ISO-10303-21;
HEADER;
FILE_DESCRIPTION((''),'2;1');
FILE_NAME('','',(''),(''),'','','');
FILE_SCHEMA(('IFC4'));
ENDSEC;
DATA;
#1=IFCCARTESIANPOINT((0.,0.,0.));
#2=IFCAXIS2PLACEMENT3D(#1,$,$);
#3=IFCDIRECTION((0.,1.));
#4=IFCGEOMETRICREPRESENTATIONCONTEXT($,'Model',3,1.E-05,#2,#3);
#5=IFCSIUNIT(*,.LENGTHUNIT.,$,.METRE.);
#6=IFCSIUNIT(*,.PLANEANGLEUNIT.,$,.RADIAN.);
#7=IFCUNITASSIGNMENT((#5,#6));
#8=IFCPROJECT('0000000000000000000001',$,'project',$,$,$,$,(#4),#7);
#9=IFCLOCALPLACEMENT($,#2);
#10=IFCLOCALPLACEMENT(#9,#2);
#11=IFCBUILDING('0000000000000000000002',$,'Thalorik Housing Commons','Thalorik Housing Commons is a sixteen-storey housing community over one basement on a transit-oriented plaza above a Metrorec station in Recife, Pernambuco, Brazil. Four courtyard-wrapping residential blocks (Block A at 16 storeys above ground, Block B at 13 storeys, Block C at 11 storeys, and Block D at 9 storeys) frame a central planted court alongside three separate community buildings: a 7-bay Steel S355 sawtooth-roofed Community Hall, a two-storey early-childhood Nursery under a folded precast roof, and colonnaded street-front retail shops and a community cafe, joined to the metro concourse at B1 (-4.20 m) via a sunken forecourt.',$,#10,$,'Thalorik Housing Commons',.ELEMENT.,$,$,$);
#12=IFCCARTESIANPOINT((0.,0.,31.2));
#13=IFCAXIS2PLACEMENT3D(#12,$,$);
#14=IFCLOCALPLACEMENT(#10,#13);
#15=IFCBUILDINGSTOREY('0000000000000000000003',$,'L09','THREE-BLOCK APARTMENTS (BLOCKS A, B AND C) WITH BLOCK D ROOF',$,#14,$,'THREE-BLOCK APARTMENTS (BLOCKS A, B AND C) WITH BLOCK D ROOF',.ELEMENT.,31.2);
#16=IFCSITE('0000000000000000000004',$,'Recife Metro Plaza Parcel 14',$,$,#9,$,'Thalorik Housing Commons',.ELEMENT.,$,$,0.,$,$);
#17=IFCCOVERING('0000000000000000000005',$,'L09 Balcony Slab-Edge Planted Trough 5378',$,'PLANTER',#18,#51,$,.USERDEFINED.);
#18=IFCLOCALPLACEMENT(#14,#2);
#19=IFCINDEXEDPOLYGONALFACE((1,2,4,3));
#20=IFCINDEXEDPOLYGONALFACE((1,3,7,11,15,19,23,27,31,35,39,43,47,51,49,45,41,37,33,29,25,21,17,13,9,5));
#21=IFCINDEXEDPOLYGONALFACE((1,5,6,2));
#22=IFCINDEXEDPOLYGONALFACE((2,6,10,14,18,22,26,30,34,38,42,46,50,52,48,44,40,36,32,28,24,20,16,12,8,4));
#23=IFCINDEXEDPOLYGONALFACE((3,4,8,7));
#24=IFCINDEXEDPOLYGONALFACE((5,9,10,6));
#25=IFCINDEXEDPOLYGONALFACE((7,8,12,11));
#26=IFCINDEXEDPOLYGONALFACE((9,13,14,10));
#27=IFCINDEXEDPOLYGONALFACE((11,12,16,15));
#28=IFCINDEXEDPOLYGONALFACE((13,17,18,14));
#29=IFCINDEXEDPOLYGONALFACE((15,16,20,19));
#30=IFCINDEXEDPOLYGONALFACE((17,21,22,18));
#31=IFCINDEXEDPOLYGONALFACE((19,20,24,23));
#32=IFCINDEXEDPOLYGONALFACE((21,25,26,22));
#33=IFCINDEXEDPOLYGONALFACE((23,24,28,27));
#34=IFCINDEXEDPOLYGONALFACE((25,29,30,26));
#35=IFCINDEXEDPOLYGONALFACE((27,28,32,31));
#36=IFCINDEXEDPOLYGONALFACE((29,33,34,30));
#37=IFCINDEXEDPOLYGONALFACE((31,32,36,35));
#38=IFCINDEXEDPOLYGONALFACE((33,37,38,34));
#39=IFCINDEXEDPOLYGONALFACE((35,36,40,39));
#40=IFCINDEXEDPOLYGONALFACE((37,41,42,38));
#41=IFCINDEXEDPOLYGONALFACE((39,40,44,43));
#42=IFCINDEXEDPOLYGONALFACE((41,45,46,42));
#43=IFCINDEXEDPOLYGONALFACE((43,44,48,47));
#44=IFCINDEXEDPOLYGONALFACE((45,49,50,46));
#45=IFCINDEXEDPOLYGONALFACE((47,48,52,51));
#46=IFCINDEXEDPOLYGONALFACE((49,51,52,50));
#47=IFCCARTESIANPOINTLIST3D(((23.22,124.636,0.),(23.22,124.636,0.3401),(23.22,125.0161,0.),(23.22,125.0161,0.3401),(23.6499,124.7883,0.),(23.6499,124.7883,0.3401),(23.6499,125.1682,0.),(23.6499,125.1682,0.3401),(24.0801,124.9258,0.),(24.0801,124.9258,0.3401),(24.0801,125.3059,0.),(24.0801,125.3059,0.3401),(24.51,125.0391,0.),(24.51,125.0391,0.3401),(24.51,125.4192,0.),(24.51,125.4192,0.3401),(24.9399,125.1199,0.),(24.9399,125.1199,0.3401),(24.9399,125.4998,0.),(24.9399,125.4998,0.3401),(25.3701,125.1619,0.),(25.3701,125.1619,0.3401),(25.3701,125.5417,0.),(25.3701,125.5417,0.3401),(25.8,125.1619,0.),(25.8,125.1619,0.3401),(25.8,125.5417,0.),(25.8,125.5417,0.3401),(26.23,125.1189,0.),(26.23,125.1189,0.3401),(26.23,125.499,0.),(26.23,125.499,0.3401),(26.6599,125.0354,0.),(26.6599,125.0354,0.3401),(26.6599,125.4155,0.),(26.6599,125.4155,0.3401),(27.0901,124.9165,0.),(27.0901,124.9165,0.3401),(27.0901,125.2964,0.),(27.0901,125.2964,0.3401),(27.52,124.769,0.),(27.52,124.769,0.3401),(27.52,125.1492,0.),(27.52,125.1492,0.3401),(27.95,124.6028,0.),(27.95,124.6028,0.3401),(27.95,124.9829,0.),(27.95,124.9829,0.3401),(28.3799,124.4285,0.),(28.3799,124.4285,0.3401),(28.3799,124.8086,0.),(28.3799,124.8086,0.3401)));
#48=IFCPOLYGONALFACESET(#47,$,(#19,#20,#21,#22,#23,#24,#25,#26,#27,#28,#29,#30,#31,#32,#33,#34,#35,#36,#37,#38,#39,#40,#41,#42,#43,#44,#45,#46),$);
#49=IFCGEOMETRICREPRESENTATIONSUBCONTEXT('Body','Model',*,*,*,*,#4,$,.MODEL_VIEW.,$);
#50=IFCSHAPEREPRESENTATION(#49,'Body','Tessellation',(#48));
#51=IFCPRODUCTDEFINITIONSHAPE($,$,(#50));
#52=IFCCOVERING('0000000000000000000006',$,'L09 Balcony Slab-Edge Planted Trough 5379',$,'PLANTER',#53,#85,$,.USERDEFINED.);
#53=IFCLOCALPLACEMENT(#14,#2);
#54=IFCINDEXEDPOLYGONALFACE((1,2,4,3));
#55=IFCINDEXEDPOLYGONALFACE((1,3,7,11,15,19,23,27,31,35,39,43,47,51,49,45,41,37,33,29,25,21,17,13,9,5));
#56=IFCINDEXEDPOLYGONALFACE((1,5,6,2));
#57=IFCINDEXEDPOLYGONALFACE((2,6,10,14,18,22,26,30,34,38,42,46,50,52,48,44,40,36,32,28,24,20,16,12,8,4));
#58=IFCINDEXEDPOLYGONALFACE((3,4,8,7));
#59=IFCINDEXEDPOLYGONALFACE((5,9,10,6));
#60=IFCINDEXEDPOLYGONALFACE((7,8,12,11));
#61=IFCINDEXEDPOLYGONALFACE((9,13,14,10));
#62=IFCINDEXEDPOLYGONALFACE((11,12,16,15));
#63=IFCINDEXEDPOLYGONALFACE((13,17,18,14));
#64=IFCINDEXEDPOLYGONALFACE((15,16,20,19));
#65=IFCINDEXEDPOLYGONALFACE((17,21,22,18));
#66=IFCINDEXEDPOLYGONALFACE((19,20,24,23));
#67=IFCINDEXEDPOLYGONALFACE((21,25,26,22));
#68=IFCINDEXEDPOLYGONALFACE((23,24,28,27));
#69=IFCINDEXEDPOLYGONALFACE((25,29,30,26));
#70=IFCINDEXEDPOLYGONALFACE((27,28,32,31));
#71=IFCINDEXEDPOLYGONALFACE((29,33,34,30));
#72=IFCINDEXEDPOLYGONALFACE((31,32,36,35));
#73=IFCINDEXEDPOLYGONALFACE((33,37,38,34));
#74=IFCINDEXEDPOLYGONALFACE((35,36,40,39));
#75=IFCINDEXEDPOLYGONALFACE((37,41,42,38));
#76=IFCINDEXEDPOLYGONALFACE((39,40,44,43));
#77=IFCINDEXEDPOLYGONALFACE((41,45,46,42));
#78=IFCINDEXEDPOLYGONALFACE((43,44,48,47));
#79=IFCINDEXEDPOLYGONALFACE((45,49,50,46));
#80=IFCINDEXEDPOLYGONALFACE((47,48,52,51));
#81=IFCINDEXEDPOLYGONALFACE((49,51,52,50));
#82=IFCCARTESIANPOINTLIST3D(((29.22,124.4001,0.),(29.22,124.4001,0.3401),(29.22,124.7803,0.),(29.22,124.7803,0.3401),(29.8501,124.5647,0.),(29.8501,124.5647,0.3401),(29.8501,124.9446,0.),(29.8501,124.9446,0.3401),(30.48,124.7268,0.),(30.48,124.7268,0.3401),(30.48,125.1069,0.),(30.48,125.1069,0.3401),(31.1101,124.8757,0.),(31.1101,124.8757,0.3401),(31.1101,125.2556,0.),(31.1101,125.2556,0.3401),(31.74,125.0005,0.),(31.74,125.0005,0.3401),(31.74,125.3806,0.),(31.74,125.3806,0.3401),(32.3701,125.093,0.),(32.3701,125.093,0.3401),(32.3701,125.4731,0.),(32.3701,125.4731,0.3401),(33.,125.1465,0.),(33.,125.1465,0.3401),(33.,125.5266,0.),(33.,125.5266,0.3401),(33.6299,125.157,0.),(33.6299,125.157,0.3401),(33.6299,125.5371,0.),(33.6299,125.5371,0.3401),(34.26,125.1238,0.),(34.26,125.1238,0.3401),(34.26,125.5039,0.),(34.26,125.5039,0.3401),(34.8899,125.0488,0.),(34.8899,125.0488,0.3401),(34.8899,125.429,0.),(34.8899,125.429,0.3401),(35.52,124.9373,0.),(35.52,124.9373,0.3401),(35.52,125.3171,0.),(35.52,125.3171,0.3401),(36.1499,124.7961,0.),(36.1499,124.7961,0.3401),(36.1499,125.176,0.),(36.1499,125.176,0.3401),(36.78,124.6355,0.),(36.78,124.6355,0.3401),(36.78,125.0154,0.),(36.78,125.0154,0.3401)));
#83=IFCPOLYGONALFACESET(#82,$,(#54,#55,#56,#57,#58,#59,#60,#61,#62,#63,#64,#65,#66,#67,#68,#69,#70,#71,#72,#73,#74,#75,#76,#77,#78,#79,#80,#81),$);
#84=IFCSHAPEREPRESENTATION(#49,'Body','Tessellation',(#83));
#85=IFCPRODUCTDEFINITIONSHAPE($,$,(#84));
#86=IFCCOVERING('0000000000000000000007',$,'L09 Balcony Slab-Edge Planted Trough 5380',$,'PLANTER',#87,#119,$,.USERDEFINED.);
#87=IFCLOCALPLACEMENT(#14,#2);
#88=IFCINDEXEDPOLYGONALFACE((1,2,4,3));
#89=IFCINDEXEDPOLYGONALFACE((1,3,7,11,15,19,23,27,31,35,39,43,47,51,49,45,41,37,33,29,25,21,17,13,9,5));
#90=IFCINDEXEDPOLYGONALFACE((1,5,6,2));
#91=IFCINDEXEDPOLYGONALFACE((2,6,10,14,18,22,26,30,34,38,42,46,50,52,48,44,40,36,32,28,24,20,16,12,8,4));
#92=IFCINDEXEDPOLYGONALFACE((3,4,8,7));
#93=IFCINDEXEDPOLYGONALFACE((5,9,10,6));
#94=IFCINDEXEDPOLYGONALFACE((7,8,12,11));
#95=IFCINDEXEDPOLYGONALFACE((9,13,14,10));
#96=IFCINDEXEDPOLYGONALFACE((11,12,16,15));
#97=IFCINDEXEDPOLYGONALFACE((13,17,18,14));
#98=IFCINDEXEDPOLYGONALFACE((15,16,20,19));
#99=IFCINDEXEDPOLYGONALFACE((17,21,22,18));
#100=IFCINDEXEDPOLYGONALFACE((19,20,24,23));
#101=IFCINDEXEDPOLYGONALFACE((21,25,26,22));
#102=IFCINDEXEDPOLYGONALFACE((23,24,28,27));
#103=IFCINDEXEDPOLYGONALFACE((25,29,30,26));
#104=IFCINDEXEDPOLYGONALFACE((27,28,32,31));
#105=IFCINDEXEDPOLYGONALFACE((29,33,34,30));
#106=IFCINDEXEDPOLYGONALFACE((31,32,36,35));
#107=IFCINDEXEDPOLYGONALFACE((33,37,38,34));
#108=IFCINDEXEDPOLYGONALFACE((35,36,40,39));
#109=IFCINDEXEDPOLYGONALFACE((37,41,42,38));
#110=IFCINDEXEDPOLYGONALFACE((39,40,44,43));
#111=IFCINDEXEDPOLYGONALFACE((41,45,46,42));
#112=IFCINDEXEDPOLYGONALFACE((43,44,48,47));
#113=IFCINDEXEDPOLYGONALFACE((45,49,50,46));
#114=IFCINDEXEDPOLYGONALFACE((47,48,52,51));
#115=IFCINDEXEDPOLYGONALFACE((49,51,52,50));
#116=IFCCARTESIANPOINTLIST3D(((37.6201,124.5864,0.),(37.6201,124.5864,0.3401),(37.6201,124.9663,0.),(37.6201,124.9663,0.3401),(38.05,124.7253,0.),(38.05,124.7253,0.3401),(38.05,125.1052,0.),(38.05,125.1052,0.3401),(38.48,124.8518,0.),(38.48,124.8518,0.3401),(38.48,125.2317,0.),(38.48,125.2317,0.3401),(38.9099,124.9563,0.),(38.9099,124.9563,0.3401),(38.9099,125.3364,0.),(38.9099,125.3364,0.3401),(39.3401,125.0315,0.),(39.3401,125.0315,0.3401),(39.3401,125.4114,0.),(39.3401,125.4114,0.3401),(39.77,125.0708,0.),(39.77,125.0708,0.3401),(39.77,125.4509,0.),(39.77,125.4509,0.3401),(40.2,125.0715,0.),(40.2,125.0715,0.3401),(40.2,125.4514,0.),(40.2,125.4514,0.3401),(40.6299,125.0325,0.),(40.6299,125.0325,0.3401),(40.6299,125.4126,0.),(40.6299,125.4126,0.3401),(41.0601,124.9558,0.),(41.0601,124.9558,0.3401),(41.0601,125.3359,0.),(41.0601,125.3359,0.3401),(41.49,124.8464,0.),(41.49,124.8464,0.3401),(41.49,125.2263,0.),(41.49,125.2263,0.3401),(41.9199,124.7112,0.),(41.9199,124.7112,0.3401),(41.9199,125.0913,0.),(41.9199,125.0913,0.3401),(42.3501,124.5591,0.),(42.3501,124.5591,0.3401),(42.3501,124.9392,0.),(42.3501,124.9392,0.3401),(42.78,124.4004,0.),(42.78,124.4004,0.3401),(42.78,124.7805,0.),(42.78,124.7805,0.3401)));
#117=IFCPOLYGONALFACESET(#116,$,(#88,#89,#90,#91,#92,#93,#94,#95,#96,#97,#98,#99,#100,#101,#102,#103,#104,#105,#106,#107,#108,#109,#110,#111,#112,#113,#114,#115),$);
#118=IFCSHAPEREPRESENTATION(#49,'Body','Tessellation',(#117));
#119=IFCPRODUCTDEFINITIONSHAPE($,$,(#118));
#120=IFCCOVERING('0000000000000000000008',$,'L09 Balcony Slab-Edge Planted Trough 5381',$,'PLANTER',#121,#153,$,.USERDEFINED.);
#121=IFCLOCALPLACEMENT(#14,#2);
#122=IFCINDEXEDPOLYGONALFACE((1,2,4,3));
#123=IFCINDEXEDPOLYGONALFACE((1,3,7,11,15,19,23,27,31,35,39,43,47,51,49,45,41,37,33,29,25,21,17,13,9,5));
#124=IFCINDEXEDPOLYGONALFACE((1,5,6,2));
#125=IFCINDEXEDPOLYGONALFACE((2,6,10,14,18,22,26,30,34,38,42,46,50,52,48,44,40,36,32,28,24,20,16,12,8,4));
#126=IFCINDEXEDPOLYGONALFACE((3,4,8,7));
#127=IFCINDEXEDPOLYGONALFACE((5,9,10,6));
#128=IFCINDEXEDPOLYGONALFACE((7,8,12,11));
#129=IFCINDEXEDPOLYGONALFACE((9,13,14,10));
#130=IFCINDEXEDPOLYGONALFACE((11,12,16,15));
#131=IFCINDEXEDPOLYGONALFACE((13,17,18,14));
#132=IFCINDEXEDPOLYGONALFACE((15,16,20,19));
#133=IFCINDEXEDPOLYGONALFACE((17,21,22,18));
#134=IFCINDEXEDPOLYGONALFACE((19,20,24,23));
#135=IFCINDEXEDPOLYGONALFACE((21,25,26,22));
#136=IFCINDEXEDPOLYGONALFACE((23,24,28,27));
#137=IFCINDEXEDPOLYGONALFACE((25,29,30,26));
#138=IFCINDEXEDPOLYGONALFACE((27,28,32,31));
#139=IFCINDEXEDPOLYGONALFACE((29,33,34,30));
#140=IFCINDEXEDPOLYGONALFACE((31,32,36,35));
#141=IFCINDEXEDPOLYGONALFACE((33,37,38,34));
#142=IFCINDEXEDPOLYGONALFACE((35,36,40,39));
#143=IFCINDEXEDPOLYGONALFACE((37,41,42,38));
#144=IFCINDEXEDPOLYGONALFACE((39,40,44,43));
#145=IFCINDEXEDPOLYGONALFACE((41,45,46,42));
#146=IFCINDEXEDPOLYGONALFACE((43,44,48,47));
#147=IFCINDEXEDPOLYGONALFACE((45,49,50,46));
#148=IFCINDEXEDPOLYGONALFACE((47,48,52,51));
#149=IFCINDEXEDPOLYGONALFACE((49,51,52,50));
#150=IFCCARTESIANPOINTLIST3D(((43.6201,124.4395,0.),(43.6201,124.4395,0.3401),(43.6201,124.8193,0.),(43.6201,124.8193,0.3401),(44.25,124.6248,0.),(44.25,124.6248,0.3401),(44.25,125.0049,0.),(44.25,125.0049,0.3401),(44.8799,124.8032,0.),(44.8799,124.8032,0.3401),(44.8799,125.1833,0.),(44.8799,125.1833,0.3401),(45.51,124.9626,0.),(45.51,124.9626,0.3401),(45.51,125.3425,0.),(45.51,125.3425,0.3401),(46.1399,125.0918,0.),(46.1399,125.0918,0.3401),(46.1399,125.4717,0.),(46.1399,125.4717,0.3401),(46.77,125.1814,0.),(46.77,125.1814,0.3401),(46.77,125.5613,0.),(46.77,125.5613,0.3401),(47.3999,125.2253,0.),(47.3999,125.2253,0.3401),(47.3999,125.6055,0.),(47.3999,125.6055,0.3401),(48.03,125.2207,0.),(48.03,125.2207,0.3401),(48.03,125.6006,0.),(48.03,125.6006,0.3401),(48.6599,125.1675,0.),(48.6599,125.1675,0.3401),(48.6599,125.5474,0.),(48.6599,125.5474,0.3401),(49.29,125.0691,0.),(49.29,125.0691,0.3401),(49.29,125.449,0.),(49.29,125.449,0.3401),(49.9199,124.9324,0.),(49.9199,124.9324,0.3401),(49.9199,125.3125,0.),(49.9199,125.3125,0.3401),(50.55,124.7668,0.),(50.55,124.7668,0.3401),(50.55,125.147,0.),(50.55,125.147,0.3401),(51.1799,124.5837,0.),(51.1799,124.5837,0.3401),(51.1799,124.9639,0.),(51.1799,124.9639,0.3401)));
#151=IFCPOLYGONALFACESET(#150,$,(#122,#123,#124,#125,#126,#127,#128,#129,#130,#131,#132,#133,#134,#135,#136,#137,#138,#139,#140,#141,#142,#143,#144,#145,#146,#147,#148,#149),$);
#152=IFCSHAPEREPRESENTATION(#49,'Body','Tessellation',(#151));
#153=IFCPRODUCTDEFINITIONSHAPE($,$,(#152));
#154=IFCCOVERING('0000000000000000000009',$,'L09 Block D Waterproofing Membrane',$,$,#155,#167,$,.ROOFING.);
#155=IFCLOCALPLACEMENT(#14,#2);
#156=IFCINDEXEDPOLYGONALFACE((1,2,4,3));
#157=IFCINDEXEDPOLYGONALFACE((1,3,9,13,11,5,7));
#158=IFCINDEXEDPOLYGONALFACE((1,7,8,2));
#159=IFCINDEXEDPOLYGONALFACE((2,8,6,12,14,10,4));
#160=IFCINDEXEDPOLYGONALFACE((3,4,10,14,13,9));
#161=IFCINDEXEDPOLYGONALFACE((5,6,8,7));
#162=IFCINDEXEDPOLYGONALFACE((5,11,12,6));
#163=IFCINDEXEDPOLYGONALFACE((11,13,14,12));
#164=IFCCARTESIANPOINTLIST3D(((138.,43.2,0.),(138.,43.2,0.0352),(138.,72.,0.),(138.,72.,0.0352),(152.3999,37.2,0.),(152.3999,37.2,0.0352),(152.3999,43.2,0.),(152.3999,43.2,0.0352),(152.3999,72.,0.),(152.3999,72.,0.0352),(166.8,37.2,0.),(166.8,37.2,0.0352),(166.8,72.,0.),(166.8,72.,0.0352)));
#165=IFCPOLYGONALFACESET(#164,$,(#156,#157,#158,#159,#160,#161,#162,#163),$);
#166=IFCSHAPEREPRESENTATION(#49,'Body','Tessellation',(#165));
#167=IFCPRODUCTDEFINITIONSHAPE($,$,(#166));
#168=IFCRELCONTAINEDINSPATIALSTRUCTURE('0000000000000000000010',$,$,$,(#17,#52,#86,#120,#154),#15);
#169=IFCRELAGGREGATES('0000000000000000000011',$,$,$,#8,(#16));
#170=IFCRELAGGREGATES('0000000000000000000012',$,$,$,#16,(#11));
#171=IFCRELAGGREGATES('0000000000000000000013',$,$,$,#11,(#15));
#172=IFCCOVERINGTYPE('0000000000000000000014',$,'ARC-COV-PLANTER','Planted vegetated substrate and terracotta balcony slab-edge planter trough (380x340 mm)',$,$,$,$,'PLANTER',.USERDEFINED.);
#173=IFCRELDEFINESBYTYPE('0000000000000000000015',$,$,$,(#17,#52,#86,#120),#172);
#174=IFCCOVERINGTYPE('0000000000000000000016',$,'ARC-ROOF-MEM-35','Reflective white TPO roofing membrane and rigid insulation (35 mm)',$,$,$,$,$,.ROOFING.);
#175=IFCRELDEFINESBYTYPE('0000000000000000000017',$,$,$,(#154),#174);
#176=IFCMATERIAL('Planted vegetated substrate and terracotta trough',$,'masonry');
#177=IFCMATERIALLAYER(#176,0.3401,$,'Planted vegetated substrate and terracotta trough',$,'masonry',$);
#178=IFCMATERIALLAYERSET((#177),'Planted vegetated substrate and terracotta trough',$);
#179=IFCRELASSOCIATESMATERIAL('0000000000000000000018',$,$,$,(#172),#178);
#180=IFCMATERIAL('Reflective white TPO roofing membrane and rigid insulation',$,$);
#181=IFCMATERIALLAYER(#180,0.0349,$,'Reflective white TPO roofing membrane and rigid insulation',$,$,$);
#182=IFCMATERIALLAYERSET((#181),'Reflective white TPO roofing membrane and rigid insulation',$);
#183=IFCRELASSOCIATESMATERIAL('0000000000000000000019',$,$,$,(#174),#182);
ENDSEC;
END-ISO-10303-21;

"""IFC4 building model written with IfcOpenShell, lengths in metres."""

from ifc_helpers import new_model, si_unit, direction, frame, origin, place, context, subcontext, project, spatial, polyline, outline, extrude, material, layer, layer_set, type_object, element, save


model = new_model("IFC4")

# Units and contexts
model_context = context("Model", 3, precision=1e-05, world=origin(), true_north=direction((0.0, 1.0)))
body_context = subcontext(model_context, "Body", "Model", "MODEL_VIEW")
ifc_project = project(units=[si_unit("LENGTHUNIT", "METRE"), si_unit("PLANEANGLEUNIT", "RADIAN")], contexts=[model_context])

# Site, building, storey
site_placement = place(None, origin())
site = spatial("IfcSite", under=ifc_project, at=site_placement, Name="Recife Metro Plaza Parcel 14", LongName="Thalorik Housing Commons", CompositionType="ELEMENT", RefElevation=0.0)
building_placement = place(site_placement, origin())
building = spatial("IfcBuilding", under=site, at=building_placement, Name="Thalorik Housing Commons", Description="Thalorik Housing Commons is a sixteen-storey housing community over one basement on a transit-oriented plaza above a Metrorec station in Recife, Pernambuco, Brazil. Four courtyard-wrapping residential blocks (Block A at 16 storeys above ground, Block B at 13 storeys, Block C at 11 storeys, and Block D at 9 storeys) frame a central planted court alongside three separate community buildings: a 7-bay Steel S355 sawtooth-roofed Community Hall, a two-storey early-childhood Nursery under a folded precast roof, and colonnaded street-front retail shops and a community cafe, joined to the metro concourse at B1 (-4.20 m) via a sunken forecourt.", LongName="Thalorik Housing Commons", CompositionType="ELEMENT")
storey_placement = place(building_placement, frame((0.0, 0.0, 31.2)))
storey = spatial("IfcBuildingStorey", under=building, at=storey_placement, Name="L09", Description="THREE-BLOCK APARTMENTS (BLOCKS A, B AND C) WITH BLOCK D ROOF", LongName="THREE-BLOCK APARTMENTS (BLOCKS A, B AND C) WITH BLOCK D ROOF", CompositionType="ELEMENT", Elevation=31.2)

# Coverings
ifc_material_1 = material(Name="Planted vegetated substrate and terracotta trough", Category="masonry")
ifc_layer_1 = layer(ifc_material_1, 0.3401, Name="Planted vegetated substrate and terracotta trough", Category="masonry")
ifc_layer_set_1 = layer_set([ifc_layer_1], Name="Planted vegetated substrate and terracotta trough")
covering_type_1 = type_object("IfcCoveringType", Name="ARC-COV-PLANTER", Description="Planted vegetated substrate and terracotta balcony slab-edge planter trough (380x340 mm)", ElementType="PLANTER", PredefinedType="USERDEFINED", material=ifc_layer_set_1)
covering_1_placement = place(storey_placement, origin())
element("IfcCovering", 1, at=covering_1_placement, inside=storey, type_object=covering_type_1, Name="L09 Balcony Slab-Edge Planted Trough 5378", ObjectType="PLANTER", PredefinedType="USERDEFINED", context=body_context, shape_type="SweptSolid", body=[
    extrude(outline(polyline([(28.3799, 124.8086), (27.95, 124.9829), (27.52, 125.1492), (27.0901, 125.2964), (26.6599, 125.4155), (26.23, 125.499), (25.8, 125.5417), (25.3701, 125.5417), (24.9399, 125.4998), (24.51, 125.4192), (24.0801, 125.3059), (23.6499, 125.1682), (23.22, 125.0161), (23.22, 124.636), (23.6499, 124.7883), (24.0801, 124.9258), (24.51, 125.0391), (24.9399, 125.1199), (25.3701, 125.1619), (25.8, 125.1619), (26.23, 125.1189), (26.6599, 125.0354), (27.0901, 124.9165), (27.52, 124.769), (27.95, 124.6028), (28.3799, 124.4285), (28.3799, 124.8086)])), origin(), (0.0, 0.0, 1.0), 0.3401),
])
covering_2_placement = place(storey_placement, origin())
element("IfcCovering", 2, at=covering_2_placement, inside=storey, type_object=covering_type_1, Name="L09 Balcony Slab-Edge Planted Trough 5379", ObjectType="PLANTER", PredefinedType="USERDEFINED", context=body_context, shape_type="SweptSolid", body=[
    extrude(outline(polyline([(36.78, 125.0154), (36.1499, 125.176), (35.52, 125.3171), (34.8899, 125.429), (34.26, 125.5039), (33.6299, 125.5371), (33.0, 125.5266), (32.3701, 125.4731), (31.74, 125.3806), (31.1101, 125.2556), (30.48, 125.1069), (29.8501, 124.9446), (29.22, 124.7803), (29.22, 124.4001), (29.8501, 124.5647), (30.48, 124.7268), (31.1101, 124.8757), (31.74, 125.0005), (32.3701, 125.093), (33.0, 125.1465), (33.6299, 125.157), (34.26, 125.1238), (34.8899, 125.0488), (35.52, 124.9373), (36.1499, 124.7961), (36.78, 124.6355), (36.78, 125.0154)])), origin(), (0.0, 0.0, 1.0), 0.3401),
])
covering_3_placement = place(storey_placement, origin())
element("IfcCovering", 3, at=covering_3_placement, inside=storey, type_object=covering_type_1, Name="L09 Balcony Slab-Edge Planted Trough 5380", ObjectType="PLANTER", PredefinedType="USERDEFINED", context=body_context, shape_type="SweptSolid", body=[
    extrude(outline(polyline([(42.78, 124.7805), (42.3501, 124.9392), (41.9199, 125.0913), (41.49, 125.2263), (41.0601, 125.3359), (40.6299, 125.4126), (40.2, 125.4514), (39.77, 125.4509), (39.3401, 125.4114), (38.9099, 125.3364), (38.48, 125.2317), (38.05, 125.1052), (37.6201, 124.9663), (37.6201, 124.5864), (38.05, 124.7253), (38.48, 124.8518), (38.9099, 124.9563), (39.3401, 125.0315), (39.77, 125.0708), (40.2, 125.0715), (40.6299, 125.0325), (41.0601, 124.9558), (41.49, 124.8464), (41.9199, 124.7112), (42.3501, 124.5591), (42.78, 124.4004), (42.78, 124.7805)])), origin(), (0.0, 0.0, 1.0), 0.3401),
])
covering_4_placement = place(storey_placement, origin())
element("IfcCovering", 4, at=covering_4_placement, inside=storey, type_object=covering_type_1, Name="L09 Balcony Slab-Edge Planted Trough 5381", ObjectType="PLANTER", PredefinedType="USERDEFINED", context=body_context, shape_type="SweptSolid", body=[
    extrude(outline(polyline([(51.1799, 124.9639), (50.55, 125.147), (49.9199, 125.3125), (49.29, 125.449), (48.6599, 125.5474), (48.03, 125.6006), (47.3999, 125.6055), (46.77, 125.5613), (46.1399, 125.4717), (45.51, 125.3425), (44.8799, 125.1833), (44.25, 125.0049), (43.6201, 124.8193), (43.6201, 124.4395), (44.25, 124.6248), (44.8799, 124.8032), (45.51, 124.9626), (46.1399, 125.0918), (46.77, 125.1814), (47.3999, 125.2253), (48.03, 125.2207), (48.6599, 125.1675), (49.29, 125.0691), (49.9199, 124.9324), (50.55, 124.7668), (51.1799, 124.5837), (51.1799, 124.9639)])), origin(), (0.0, 0.0, 1.0), 0.3401),
])
ifc_material_2 = material(Name="Reflective white TPO roofing membrane and rigid insulation")
ifc_layer_2 = layer(ifc_material_2, 0.0349, Name="Reflective white TPO roofing membrane and rigid insulation")
ifc_layer_set_2 = layer_set([ifc_layer_2], Name="Reflective white TPO roofing membrane and rigid insulation")
covering_type_2 = type_object("IfcCoveringType", Name="ARC-ROOF-MEM-35", Description="Reflective white TPO roofing membrane and rigid insulation (35 mm)", PredefinedType="ROOFING", material=ifc_layer_set_2)
covering_5_placement = place(storey_placement, origin())
element("IfcCovering", 5, at=covering_5_placement, inside=storey, type_object=covering_type_2, Name="L09 Block D Waterproofing Membrane", PredefinedType="ROOFING", context=body_context, shape_type="SweptSolid", body=[
    extrude(outline(polyline([(152.3999, 72.0), (138.0, 72.0), (138.0, 43.2), (152.3999, 43.2), (152.3999, 37.2), (166.8, 37.2), (166.8, 72.0), (152.3999, 72.0)])), origin(), (0.0, 0.0, 1.0), 0.0352),
])

save(model, "model.ifc")
